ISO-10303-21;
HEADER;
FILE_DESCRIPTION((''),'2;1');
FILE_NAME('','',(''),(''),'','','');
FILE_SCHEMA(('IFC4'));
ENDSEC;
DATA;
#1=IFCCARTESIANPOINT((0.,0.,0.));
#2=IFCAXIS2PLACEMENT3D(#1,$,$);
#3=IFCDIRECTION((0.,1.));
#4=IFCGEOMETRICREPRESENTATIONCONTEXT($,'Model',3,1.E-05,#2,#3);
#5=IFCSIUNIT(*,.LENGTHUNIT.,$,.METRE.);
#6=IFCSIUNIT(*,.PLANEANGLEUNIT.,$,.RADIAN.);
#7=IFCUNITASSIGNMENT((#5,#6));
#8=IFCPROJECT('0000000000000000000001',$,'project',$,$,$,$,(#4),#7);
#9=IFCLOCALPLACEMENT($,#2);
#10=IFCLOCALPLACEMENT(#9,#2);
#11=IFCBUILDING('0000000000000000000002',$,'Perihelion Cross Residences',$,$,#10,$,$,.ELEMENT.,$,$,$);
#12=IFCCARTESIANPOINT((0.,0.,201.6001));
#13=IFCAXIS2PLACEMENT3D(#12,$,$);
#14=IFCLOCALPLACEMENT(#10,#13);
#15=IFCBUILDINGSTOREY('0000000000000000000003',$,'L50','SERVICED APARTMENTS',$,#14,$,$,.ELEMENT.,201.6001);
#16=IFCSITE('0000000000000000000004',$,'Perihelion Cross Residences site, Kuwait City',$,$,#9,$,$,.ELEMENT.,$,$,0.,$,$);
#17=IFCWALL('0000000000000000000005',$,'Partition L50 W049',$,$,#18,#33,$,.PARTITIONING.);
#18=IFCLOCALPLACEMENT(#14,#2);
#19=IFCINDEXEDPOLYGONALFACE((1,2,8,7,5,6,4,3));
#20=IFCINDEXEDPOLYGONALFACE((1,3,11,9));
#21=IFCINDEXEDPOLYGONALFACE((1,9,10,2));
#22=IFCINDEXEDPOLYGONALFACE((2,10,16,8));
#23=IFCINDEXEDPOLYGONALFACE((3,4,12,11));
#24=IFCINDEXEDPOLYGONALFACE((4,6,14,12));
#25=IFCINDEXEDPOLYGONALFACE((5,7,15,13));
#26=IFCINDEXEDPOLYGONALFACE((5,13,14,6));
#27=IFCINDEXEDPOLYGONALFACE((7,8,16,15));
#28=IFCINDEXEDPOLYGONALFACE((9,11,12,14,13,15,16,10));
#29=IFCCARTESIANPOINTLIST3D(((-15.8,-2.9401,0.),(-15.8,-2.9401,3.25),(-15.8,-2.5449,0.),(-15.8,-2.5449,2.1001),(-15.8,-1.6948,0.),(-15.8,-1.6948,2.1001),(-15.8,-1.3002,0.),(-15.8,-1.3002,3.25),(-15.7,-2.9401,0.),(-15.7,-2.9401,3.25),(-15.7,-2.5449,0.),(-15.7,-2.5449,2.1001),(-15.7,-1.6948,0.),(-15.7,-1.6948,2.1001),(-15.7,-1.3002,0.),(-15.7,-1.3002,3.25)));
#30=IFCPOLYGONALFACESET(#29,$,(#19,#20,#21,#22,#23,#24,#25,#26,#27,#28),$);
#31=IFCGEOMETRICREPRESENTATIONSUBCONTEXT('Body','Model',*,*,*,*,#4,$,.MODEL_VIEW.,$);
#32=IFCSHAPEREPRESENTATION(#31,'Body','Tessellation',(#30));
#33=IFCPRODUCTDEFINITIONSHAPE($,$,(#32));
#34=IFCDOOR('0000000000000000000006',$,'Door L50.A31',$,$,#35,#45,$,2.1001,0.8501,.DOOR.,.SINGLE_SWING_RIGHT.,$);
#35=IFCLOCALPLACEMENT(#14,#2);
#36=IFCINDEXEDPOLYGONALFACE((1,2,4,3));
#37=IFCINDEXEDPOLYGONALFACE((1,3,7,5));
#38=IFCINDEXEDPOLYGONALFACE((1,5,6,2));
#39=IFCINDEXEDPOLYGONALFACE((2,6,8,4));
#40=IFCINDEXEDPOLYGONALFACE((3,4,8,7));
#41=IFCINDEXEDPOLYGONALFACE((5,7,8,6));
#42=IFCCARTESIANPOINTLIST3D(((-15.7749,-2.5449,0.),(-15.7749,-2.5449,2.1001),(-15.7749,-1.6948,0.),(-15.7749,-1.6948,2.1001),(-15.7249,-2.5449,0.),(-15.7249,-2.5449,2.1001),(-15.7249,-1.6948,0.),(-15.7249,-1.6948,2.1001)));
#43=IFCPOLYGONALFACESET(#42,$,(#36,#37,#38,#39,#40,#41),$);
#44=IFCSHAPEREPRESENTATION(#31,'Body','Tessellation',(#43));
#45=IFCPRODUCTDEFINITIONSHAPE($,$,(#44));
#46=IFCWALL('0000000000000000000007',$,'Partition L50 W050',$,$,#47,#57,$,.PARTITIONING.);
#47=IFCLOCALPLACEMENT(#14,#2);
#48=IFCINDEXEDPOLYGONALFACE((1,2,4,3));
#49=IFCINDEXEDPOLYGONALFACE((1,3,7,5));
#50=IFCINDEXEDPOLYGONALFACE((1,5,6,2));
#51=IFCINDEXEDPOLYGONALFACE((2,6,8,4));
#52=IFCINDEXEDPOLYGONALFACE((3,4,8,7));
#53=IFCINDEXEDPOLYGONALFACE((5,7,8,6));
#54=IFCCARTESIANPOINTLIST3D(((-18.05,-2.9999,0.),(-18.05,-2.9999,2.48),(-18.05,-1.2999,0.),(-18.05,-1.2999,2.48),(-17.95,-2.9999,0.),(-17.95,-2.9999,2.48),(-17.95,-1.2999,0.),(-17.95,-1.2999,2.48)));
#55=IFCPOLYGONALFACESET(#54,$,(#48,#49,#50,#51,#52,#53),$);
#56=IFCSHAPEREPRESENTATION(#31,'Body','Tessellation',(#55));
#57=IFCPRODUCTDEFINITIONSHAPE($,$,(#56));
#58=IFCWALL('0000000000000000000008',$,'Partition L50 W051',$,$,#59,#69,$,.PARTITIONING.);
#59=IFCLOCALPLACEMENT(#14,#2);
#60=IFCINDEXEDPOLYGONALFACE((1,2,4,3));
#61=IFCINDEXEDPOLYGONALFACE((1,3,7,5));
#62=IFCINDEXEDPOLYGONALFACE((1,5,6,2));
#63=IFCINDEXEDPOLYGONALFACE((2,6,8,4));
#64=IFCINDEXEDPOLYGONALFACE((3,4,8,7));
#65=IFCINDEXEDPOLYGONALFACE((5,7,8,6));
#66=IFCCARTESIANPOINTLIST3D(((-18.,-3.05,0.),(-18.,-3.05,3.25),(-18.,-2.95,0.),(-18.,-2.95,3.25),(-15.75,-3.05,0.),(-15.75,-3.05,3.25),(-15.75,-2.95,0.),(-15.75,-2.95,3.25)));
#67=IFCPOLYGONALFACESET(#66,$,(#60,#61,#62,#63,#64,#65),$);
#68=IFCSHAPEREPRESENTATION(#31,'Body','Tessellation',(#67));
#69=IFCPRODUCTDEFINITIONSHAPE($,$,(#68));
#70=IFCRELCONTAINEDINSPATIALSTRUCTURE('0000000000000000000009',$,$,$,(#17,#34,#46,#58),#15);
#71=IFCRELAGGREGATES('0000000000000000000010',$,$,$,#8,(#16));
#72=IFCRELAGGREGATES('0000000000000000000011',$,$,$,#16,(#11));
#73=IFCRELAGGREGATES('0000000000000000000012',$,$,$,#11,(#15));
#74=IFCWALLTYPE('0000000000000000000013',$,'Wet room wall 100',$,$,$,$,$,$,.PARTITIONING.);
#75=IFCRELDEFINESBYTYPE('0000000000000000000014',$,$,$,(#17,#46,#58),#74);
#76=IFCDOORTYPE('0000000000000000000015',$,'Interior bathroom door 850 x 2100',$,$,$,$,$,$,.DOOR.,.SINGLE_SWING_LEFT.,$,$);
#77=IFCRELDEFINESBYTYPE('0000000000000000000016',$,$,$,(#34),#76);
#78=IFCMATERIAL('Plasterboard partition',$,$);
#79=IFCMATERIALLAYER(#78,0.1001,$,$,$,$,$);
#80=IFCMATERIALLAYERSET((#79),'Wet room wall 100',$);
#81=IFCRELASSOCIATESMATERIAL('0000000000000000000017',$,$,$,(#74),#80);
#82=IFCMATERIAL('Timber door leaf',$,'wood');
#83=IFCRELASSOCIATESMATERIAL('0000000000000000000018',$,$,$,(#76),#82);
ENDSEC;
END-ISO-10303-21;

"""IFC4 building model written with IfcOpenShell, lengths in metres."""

from ifc_helpers import new_model, si_unit, direction, frame, frame_2d, origin, place, context, subcontext, project, spatial, rectangle, extrude, material, layer, layer_set, type_object, element, fill, save


model = new_model("IFC4")

# Units and contexts
model_context = context("Model", 3, precision=1e-05, world=origin(), true_north=direction((0.0, 1.0)))
body_context = subcontext(model_context, "Body", "Model", "MODEL_VIEW")
ifc_project = project(units=[si_unit("LENGTHUNIT", "METRE"), si_unit("PLANEANGLEUNIT", "RADIAN")], contexts=[model_context])

# Site, building, storey
site_placement = place(None, origin())
site = spatial("IfcSite", under=ifc_project, at=site_placement, Name="Perihelion Cross Residences site, Kuwait City", CompositionType="ELEMENT", RefElevation=0.0)
building_placement = place(site_placement, origin())
building = spatial("IfcBuilding", under=site, at=building_placement, Name="Perihelion Cross Residences", CompositionType="ELEMENT")
storey_placement = place(building_placement, frame((0.0, 0.0, 201.6001)))
storey = spatial("IfcBuildingStorey", under=building, at=storey_placement, Name="L50", Description="SERVICED APARTMENTS", CompositionType="ELEMENT", Elevation=201.6001)

# Shared definitions
ifc_material_1 = material(Name="Plasterboard partition")
ifc_layer_1 = layer(ifc_material_1, 0.1001)
ifc_layer_set_1 = layer_set([ifc_layer_1], Name="Wet room wall 100")
wall_type_1 = type_object("IfcWallType", Name="Wet room wall 100", PredefinedType="PARTITIONING", material=ifc_layer_set_1)

# Wall, opening, door
wall_1_placement = place(storey_placement, frame((-15.75, -2.9399, 0.0), z_axis=(0.0, 0.0, 1.0), x_axis=(0.0, 1.0, 0.0)))
wall_1 = element("IfcWall", 1, at=wall_1_placement, inside=storey, type_object=wall_type_1, Name="Partition L50 W049", PredefinedType="PARTITIONING", context=body_context, shape_type="SweptSolid", body=[
    extrude(rectangle(XDim=1.6399, YDim=0.1001, at=frame_2d((0.8198, 0.0))), origin(), (0.0, 0.0, 1.0), 3.25),
])
opening_1_placement = place(wall_1_placement, frame((0.395, 0.0, 0.0)))
opening_1 = element("IfcOpeningElement", 2, at=opening_1_placement, cuts=wall_1, PredefinedType="OPENING", context=body_context, shape_type="SweptSolid", body=[
    extrude(rectangle(XDim=0.8501, YDim=2.1001, at=frame_2d((0.425, 1.05))), frame((0.0, 0.0601, 0.0), z_axis=(0.0, -1.0, 0.0), x_axis=(1.0, 0.0, 0.0)), (0.0, 0.0, 1.0), 0.1201),
])
ifc_material_2 = material(Name="Timber door leaf", Category="wood")
door_type_1 = type_object("IfcDoorType", Name="Interior bathroom door 850 x 2100", OperationType="SINGLE_SWING_LEFT", PredefinedType="DOOR", material=ifc_material_2)
door_1_placement = place(opening_1_placement, origin())
door_1 = element("IfcDoor", 3, at=door_1_placement, inside=storey, type_object=door_type_1, Name="Door L50.A31", OperationType="SINGLE_SWING_RIGHT", OverallHeight=2.1001, OverallWidth=0.8501, PredefinedType="DOOR", context=body_context, shape_type="SweptSolid", body=[
    extrude(rectangle(XDim=0.8501, YDim=2.1001, at=frame_2d((0.425, 1.05))), frame((0.0, 0.0249, 0.0), z_axis=(0.0, -1.0, 0.0), x_axis=(1.0, 0.0, 0.0)), (0.0, 0.0, 1.0), 0.05),
])
fill(opening_1, door_1)

# Walls
wall_2_placement = place(storey_placement, frame((-18.0, -3.0, 0.0), z_axis=(0.0, 0.0, 1.0), x_axis=(0.0, 1.0, 0.0)))
element("IfcWall", 4, at=wall_2_placement, inside=storey, type_object=wall_type_1, Name="Partition L50 W050", PredefinedType="PARTITIONING", context=body_context, shape_type="SweptSolid", body=[
    extrude(rectangle(XDim=1.7, YDim=0.1001, at=frame_2d((0.8501, 0.0))), origin(), (0.0, 0.0, 1.0), 2.48),
])
wall_3_placement = place(storey_placement, frame((-15.75, -3.0, 0.0), z_axis=(0.0, 0.0, 1.0), x_axis=(-1.0, 0.0, 0.0)))
element("IfcWall", 5, at=wall_3_placement, inside=storey, type_object=wall_type_1, Name="Partition L50 W051", PredefinedType="PARTITIONING", context=body_context, shape_type="SweptSolid", body=[
    extrude(rectangle(XDim=2.25, YDim=0.1001, at=frame_2d((1.125, 0.0))), origin(), (0.0, 0.0, 1.0), 3.25),
])

save(model, "model.ifc")
